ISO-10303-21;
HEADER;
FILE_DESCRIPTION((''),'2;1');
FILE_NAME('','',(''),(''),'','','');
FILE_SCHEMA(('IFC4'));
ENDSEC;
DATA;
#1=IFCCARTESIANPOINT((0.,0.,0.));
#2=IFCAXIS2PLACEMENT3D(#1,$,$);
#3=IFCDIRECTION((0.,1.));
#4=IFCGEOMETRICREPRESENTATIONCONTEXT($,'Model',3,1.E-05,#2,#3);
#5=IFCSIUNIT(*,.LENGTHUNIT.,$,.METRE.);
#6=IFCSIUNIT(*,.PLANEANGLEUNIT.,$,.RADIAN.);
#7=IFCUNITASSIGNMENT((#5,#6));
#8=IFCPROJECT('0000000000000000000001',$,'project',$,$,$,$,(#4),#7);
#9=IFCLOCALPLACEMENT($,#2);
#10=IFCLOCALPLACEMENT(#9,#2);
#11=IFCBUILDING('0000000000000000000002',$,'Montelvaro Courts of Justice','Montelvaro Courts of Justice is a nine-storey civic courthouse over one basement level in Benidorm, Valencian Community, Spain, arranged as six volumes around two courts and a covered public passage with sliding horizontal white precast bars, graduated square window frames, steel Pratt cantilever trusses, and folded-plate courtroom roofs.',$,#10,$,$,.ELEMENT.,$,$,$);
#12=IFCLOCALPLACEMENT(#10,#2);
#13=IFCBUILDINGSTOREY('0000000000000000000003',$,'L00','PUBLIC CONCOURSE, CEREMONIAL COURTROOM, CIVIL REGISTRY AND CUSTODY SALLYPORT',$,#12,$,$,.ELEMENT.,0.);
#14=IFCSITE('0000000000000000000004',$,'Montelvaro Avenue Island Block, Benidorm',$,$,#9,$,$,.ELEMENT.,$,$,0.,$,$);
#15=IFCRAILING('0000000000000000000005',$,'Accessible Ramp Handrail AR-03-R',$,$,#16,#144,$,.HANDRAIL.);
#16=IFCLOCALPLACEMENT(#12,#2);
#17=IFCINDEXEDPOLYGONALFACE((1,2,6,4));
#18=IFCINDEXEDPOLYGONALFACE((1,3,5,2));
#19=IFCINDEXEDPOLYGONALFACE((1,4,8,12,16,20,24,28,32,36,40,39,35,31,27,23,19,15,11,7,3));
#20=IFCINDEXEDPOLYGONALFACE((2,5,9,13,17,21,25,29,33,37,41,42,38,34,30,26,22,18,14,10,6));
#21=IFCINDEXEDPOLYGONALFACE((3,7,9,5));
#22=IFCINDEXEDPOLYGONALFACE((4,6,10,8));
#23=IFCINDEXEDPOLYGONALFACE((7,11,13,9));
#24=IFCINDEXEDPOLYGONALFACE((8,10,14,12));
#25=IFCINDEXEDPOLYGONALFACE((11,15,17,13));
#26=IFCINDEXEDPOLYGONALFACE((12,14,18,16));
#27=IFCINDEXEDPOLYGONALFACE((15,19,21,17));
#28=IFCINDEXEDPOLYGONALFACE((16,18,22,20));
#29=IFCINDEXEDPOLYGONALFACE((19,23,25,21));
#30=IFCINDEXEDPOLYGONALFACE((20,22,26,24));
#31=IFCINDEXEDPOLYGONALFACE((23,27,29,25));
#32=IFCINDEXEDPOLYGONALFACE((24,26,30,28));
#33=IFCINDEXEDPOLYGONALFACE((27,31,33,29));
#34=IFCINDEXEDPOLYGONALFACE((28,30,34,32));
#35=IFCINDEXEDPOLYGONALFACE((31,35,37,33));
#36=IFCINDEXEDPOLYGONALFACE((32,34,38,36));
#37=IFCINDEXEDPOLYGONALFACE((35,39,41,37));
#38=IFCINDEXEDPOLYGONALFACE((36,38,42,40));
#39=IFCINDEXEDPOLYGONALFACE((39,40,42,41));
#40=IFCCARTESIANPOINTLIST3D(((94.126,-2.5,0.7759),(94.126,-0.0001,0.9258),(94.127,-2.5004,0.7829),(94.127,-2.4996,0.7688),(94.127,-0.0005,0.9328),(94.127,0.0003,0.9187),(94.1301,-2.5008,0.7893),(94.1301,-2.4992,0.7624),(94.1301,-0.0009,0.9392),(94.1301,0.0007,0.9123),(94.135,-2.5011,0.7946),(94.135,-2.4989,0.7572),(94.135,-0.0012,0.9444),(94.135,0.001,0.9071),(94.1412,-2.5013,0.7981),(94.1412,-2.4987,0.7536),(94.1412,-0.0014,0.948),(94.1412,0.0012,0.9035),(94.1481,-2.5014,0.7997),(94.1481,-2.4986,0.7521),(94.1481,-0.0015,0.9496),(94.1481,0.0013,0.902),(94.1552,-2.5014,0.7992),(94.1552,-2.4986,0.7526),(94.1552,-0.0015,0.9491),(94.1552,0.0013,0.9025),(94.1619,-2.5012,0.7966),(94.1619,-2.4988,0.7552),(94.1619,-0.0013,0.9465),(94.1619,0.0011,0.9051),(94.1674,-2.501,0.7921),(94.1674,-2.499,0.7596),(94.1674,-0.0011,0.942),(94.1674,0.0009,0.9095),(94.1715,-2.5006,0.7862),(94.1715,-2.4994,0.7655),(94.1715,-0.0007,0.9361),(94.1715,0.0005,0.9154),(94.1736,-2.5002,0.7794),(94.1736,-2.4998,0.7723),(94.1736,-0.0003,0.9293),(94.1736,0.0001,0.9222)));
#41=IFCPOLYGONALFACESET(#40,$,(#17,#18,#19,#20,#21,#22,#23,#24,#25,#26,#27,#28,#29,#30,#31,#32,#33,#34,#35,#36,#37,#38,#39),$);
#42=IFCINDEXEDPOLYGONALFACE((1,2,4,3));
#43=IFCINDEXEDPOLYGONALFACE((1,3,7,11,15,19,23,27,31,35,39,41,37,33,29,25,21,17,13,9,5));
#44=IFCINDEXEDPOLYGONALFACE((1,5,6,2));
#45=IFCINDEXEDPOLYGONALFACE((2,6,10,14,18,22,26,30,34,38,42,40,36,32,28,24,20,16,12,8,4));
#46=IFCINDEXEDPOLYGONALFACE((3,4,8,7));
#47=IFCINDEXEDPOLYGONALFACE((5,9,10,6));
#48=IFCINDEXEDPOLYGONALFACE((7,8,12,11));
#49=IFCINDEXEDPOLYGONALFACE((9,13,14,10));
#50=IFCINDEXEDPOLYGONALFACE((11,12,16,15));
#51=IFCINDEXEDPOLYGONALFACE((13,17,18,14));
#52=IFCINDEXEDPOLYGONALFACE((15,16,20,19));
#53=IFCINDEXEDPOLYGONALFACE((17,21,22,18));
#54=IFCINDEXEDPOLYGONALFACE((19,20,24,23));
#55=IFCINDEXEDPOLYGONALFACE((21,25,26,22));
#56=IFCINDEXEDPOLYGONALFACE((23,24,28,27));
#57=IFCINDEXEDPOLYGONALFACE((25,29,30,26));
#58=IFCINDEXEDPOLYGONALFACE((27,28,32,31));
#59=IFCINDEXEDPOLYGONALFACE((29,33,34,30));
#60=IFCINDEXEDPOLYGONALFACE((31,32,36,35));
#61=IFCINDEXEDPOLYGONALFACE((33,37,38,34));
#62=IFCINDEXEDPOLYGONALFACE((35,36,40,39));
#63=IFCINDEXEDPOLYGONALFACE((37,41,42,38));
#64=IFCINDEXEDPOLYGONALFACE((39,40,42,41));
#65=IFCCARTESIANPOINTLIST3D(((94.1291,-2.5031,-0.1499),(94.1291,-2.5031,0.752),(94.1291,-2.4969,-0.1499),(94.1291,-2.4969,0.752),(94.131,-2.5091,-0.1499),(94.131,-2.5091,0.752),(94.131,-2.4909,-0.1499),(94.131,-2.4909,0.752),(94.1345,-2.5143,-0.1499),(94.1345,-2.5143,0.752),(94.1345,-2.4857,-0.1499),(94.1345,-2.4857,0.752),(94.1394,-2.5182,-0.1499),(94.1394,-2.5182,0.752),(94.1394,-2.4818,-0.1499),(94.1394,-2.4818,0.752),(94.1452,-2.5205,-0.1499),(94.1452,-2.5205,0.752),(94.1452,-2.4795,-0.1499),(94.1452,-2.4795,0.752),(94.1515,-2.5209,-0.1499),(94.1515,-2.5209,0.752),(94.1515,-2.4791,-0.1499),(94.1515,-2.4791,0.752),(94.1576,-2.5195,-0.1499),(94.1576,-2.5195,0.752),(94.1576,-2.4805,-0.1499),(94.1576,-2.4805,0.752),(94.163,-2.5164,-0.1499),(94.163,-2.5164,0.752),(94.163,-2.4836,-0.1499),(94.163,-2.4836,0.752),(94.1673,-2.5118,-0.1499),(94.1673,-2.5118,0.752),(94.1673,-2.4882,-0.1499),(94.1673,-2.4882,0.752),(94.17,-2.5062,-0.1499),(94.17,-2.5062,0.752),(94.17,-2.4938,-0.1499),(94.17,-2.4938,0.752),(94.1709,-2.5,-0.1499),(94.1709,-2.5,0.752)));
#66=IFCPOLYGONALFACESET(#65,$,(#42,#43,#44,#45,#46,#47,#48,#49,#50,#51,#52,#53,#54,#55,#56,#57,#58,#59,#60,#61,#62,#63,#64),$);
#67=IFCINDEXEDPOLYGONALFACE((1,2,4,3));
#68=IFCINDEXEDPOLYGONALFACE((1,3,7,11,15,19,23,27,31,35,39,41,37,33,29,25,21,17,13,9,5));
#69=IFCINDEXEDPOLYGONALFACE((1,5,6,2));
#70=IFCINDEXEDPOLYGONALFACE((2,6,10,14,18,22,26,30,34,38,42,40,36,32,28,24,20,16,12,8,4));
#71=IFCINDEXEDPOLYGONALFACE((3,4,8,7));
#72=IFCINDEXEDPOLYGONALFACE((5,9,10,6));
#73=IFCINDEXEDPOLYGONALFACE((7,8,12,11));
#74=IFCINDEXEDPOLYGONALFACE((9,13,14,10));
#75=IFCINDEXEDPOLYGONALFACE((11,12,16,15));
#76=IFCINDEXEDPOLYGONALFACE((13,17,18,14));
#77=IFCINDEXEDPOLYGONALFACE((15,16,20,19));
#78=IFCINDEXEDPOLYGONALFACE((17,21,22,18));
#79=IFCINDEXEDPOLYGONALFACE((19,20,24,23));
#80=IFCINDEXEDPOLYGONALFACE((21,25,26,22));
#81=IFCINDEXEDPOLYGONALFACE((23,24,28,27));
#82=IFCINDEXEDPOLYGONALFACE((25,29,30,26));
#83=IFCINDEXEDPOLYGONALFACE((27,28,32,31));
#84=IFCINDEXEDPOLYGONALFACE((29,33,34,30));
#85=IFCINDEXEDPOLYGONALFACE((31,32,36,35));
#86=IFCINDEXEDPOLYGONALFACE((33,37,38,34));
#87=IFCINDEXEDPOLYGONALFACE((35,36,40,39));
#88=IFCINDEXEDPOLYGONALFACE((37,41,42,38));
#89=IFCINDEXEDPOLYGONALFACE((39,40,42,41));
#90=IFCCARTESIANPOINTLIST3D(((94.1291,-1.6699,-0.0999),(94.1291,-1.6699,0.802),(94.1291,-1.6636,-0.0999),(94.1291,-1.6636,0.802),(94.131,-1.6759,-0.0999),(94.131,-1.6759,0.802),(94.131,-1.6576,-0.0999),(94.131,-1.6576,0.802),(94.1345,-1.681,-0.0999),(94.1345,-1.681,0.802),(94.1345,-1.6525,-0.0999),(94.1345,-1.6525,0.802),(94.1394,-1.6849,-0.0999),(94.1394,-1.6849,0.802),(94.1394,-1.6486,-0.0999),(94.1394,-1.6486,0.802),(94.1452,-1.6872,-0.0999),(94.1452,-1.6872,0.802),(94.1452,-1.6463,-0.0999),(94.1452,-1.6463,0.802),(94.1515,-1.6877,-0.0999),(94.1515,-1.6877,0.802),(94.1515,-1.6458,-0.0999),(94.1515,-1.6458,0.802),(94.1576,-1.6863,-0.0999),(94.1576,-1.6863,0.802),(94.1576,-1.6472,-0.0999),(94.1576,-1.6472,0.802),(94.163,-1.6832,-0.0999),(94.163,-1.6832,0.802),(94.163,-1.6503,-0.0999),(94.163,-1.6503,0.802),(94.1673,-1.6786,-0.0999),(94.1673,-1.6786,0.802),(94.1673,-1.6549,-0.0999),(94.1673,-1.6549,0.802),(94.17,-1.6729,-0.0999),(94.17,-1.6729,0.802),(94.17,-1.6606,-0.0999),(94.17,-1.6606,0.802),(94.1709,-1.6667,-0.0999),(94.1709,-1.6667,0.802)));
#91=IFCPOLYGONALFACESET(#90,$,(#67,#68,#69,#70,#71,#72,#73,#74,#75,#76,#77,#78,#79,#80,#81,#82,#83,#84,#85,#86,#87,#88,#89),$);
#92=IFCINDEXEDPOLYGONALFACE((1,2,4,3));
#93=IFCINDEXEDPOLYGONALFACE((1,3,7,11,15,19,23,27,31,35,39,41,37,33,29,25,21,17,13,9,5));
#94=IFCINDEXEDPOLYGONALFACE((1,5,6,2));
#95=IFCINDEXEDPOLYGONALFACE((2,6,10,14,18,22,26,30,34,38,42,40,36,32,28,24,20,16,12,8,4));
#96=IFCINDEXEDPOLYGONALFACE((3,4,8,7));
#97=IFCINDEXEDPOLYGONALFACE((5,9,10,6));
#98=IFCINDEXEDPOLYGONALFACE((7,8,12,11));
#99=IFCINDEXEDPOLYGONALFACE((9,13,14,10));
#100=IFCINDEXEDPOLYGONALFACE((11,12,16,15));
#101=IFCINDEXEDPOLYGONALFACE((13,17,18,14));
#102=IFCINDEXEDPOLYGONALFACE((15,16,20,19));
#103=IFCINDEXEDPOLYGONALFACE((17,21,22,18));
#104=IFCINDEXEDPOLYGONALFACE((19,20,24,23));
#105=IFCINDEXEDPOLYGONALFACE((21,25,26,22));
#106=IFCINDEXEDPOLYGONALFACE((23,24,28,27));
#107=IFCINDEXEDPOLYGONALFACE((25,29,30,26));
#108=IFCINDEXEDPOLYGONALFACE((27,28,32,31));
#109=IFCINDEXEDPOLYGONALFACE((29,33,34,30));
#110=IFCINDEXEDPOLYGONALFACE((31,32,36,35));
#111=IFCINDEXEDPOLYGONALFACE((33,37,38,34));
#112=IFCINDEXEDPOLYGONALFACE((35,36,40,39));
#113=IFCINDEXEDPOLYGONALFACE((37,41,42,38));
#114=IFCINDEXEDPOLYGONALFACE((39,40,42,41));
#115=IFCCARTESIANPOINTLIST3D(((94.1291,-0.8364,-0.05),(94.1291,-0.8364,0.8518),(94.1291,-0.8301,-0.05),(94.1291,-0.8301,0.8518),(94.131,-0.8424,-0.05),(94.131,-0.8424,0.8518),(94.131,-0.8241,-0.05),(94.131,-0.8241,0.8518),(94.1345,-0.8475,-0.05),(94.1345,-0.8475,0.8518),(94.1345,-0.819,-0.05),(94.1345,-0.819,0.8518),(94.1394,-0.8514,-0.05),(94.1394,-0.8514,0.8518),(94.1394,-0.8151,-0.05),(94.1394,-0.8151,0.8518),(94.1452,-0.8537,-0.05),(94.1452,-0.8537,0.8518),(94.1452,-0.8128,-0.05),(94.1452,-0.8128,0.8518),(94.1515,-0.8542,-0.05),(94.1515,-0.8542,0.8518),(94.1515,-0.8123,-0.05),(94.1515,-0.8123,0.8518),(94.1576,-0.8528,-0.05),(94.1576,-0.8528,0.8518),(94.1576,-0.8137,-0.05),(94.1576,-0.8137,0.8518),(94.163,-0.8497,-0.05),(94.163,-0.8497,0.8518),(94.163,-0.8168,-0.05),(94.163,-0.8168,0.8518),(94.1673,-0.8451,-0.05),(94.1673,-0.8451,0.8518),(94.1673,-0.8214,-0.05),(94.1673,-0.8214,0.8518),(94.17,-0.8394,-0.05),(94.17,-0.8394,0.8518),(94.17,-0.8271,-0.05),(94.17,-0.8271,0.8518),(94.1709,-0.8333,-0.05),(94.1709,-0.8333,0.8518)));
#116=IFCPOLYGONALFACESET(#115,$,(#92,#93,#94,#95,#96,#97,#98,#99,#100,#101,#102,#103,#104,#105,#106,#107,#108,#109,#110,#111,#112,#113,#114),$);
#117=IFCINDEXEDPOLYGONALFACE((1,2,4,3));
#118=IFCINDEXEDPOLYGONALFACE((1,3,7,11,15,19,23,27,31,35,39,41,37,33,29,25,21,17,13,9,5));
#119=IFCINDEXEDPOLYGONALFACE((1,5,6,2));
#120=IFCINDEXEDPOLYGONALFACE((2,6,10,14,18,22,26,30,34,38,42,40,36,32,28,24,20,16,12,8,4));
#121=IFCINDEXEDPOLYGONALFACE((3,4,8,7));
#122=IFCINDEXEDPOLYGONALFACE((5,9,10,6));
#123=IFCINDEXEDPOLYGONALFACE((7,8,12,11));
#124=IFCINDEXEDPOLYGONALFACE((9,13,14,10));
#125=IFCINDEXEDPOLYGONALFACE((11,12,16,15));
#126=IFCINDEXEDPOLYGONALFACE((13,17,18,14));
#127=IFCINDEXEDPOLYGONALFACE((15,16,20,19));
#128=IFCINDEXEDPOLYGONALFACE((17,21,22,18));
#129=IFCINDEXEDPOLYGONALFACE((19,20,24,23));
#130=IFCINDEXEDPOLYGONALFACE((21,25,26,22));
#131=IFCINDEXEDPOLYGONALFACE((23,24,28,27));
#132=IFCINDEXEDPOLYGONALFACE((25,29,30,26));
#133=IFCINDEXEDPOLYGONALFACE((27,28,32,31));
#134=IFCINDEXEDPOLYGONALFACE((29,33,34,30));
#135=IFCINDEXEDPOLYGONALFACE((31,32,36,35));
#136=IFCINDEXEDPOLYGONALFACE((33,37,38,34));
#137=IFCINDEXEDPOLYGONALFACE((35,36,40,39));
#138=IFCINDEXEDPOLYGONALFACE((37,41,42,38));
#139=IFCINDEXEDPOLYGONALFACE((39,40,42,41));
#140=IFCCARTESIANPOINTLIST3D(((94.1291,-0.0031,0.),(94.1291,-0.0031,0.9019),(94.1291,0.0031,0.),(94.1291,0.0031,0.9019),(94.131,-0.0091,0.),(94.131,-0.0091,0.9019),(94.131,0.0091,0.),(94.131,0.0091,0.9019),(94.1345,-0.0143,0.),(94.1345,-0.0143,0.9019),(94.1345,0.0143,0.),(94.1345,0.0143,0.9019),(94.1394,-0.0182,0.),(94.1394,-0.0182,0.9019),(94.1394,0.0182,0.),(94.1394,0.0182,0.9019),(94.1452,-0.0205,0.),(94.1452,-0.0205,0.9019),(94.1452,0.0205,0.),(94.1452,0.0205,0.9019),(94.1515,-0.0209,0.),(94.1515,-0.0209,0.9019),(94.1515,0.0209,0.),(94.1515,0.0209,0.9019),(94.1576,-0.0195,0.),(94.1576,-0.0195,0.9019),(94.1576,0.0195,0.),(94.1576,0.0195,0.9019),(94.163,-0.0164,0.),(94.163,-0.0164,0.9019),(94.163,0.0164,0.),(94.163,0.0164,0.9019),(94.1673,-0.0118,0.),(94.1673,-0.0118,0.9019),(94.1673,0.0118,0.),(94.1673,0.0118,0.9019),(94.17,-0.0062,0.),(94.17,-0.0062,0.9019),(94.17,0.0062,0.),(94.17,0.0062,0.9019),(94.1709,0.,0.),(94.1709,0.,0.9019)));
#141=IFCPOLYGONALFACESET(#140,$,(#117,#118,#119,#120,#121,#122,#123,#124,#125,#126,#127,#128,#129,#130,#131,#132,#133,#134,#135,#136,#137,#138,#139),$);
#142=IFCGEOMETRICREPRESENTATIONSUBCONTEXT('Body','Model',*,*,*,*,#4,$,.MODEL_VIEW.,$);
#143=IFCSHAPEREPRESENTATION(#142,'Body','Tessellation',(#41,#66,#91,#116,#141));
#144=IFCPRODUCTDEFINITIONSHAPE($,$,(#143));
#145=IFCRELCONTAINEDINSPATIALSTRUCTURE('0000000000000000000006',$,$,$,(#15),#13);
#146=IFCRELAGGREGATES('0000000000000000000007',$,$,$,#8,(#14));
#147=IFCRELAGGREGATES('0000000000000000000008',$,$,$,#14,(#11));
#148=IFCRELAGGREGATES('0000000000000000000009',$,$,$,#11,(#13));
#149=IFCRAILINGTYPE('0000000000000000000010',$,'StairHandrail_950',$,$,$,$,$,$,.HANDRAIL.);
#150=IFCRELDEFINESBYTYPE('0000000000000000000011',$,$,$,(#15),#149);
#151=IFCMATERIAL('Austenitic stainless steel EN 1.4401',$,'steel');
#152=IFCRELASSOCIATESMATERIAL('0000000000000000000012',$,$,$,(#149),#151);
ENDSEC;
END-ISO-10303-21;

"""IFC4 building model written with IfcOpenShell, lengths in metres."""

from ifc_helpers import new_model, si_unit, direction, frame, origin, origin_2d, place, context, subcontext, project, spatial, circle, extrude, material, type_object, element, save


model = new_model("IFC4")

# Units and contexts
model_context = context("Model", 3, precision=1e-05, world=origin(), true_north=direction((0.0, 1.0)))
body_context = subcontext(model_context, "Body", "Model", "MODEL_VIEW")
ifc_project = project(units=[si_unit("LENGTHUNIT", "METRE"), si_unit("PLANEANGLEUNIT", "RADIAN")], contexts=[model_context])

# Site, building, storey
site_placement = place(None, origin())
site = spatial("IfcSite", under=ifc_project, at=site_placement, Name="Montelvaro Avenue Island Block, Benidorm", CompositionType="ELEMENT", RefElevation=0.0)
building_placement = place(site_placement, origin())
building = spatial("IfcBuilding", under=site, at=building_placement, Name="Montelvaro Courts of Justice", Description="Montelvaro Courts of Justice is a nine-storey civic courthouse over one basement level in Benidorm, Valencian Community, Spain, arranged as six volumes around two courts and a covered public passage with sliding horizontal white precast bars, graduated square window frames, steel Pratt cantilever trusses, and folded-plate courtroom roofs.", CompositionType="ELEMENT")
storey_placement = place(building_placement, origin())
storey = spatial("IfcBuildingStorey", under=building, at=storey_placement, Name="L00", Description="PUBLIC CONCOURSE, CEREMONIAL COURTROOM, CIVIL REGISTRY AND CUSTODY SALLYPORT", CompositionType="ELEMENT", Elevation=0.0)

# Railing
ifc_material_1 = material(Name="Austenitic stainless steel EN 1.4401", Category="steel")
railing_type = type_object("IfcRailingType", Name="StairHandrail_950", PredefinedType="HANDRAIL", material=ifc_material_1)
for number, where, name in (
    (1, (94.1499, -2.5, -0.1499), "Accessible Ramp Handrail AR-03-R"),
):
    element("IfcRailing", number, at=place(storey_placement, frame(where)), inside=storey, type_object=railing_type, Name=name, PredefinedType="HANDRAIL", context=body_context, shape_type="SweptSolid", body=[
        extrude(circle(Radius=0.0239, at=origin_2d()), frame((0.0, 0.0, 0.9258), z_axis=(0.0, 0.998207, 0.059853), x_axis=(-1.0, 0.0, 0.0)), (0.0, 0.0, 1.0), 2.5044),
        extrude(circle(Radius=0.021, at=origin_2d()), origin(), (0.0, 0.0, 1.0), 0.9019),
        extrude(circle(Radius=0.021, at=origin_2d()), frame((0.0, 0.8333, 0.05)), (0.0, 0.0, 1.0), 0.9019),
        extrude(circle(Radius=0.021, at=origin_2d()), frame((0.0, 1.6667, 0.0999)), (0.0, 0.0, 1.0), 0.9019),
        extrude(circle(Radius=0.021, at=origin_2d()), frame((0.0, 2.5, 0.1499)), (0.0, 0.0, 1.0), 0.9019),
    ])

save(model, "model.ifc")
